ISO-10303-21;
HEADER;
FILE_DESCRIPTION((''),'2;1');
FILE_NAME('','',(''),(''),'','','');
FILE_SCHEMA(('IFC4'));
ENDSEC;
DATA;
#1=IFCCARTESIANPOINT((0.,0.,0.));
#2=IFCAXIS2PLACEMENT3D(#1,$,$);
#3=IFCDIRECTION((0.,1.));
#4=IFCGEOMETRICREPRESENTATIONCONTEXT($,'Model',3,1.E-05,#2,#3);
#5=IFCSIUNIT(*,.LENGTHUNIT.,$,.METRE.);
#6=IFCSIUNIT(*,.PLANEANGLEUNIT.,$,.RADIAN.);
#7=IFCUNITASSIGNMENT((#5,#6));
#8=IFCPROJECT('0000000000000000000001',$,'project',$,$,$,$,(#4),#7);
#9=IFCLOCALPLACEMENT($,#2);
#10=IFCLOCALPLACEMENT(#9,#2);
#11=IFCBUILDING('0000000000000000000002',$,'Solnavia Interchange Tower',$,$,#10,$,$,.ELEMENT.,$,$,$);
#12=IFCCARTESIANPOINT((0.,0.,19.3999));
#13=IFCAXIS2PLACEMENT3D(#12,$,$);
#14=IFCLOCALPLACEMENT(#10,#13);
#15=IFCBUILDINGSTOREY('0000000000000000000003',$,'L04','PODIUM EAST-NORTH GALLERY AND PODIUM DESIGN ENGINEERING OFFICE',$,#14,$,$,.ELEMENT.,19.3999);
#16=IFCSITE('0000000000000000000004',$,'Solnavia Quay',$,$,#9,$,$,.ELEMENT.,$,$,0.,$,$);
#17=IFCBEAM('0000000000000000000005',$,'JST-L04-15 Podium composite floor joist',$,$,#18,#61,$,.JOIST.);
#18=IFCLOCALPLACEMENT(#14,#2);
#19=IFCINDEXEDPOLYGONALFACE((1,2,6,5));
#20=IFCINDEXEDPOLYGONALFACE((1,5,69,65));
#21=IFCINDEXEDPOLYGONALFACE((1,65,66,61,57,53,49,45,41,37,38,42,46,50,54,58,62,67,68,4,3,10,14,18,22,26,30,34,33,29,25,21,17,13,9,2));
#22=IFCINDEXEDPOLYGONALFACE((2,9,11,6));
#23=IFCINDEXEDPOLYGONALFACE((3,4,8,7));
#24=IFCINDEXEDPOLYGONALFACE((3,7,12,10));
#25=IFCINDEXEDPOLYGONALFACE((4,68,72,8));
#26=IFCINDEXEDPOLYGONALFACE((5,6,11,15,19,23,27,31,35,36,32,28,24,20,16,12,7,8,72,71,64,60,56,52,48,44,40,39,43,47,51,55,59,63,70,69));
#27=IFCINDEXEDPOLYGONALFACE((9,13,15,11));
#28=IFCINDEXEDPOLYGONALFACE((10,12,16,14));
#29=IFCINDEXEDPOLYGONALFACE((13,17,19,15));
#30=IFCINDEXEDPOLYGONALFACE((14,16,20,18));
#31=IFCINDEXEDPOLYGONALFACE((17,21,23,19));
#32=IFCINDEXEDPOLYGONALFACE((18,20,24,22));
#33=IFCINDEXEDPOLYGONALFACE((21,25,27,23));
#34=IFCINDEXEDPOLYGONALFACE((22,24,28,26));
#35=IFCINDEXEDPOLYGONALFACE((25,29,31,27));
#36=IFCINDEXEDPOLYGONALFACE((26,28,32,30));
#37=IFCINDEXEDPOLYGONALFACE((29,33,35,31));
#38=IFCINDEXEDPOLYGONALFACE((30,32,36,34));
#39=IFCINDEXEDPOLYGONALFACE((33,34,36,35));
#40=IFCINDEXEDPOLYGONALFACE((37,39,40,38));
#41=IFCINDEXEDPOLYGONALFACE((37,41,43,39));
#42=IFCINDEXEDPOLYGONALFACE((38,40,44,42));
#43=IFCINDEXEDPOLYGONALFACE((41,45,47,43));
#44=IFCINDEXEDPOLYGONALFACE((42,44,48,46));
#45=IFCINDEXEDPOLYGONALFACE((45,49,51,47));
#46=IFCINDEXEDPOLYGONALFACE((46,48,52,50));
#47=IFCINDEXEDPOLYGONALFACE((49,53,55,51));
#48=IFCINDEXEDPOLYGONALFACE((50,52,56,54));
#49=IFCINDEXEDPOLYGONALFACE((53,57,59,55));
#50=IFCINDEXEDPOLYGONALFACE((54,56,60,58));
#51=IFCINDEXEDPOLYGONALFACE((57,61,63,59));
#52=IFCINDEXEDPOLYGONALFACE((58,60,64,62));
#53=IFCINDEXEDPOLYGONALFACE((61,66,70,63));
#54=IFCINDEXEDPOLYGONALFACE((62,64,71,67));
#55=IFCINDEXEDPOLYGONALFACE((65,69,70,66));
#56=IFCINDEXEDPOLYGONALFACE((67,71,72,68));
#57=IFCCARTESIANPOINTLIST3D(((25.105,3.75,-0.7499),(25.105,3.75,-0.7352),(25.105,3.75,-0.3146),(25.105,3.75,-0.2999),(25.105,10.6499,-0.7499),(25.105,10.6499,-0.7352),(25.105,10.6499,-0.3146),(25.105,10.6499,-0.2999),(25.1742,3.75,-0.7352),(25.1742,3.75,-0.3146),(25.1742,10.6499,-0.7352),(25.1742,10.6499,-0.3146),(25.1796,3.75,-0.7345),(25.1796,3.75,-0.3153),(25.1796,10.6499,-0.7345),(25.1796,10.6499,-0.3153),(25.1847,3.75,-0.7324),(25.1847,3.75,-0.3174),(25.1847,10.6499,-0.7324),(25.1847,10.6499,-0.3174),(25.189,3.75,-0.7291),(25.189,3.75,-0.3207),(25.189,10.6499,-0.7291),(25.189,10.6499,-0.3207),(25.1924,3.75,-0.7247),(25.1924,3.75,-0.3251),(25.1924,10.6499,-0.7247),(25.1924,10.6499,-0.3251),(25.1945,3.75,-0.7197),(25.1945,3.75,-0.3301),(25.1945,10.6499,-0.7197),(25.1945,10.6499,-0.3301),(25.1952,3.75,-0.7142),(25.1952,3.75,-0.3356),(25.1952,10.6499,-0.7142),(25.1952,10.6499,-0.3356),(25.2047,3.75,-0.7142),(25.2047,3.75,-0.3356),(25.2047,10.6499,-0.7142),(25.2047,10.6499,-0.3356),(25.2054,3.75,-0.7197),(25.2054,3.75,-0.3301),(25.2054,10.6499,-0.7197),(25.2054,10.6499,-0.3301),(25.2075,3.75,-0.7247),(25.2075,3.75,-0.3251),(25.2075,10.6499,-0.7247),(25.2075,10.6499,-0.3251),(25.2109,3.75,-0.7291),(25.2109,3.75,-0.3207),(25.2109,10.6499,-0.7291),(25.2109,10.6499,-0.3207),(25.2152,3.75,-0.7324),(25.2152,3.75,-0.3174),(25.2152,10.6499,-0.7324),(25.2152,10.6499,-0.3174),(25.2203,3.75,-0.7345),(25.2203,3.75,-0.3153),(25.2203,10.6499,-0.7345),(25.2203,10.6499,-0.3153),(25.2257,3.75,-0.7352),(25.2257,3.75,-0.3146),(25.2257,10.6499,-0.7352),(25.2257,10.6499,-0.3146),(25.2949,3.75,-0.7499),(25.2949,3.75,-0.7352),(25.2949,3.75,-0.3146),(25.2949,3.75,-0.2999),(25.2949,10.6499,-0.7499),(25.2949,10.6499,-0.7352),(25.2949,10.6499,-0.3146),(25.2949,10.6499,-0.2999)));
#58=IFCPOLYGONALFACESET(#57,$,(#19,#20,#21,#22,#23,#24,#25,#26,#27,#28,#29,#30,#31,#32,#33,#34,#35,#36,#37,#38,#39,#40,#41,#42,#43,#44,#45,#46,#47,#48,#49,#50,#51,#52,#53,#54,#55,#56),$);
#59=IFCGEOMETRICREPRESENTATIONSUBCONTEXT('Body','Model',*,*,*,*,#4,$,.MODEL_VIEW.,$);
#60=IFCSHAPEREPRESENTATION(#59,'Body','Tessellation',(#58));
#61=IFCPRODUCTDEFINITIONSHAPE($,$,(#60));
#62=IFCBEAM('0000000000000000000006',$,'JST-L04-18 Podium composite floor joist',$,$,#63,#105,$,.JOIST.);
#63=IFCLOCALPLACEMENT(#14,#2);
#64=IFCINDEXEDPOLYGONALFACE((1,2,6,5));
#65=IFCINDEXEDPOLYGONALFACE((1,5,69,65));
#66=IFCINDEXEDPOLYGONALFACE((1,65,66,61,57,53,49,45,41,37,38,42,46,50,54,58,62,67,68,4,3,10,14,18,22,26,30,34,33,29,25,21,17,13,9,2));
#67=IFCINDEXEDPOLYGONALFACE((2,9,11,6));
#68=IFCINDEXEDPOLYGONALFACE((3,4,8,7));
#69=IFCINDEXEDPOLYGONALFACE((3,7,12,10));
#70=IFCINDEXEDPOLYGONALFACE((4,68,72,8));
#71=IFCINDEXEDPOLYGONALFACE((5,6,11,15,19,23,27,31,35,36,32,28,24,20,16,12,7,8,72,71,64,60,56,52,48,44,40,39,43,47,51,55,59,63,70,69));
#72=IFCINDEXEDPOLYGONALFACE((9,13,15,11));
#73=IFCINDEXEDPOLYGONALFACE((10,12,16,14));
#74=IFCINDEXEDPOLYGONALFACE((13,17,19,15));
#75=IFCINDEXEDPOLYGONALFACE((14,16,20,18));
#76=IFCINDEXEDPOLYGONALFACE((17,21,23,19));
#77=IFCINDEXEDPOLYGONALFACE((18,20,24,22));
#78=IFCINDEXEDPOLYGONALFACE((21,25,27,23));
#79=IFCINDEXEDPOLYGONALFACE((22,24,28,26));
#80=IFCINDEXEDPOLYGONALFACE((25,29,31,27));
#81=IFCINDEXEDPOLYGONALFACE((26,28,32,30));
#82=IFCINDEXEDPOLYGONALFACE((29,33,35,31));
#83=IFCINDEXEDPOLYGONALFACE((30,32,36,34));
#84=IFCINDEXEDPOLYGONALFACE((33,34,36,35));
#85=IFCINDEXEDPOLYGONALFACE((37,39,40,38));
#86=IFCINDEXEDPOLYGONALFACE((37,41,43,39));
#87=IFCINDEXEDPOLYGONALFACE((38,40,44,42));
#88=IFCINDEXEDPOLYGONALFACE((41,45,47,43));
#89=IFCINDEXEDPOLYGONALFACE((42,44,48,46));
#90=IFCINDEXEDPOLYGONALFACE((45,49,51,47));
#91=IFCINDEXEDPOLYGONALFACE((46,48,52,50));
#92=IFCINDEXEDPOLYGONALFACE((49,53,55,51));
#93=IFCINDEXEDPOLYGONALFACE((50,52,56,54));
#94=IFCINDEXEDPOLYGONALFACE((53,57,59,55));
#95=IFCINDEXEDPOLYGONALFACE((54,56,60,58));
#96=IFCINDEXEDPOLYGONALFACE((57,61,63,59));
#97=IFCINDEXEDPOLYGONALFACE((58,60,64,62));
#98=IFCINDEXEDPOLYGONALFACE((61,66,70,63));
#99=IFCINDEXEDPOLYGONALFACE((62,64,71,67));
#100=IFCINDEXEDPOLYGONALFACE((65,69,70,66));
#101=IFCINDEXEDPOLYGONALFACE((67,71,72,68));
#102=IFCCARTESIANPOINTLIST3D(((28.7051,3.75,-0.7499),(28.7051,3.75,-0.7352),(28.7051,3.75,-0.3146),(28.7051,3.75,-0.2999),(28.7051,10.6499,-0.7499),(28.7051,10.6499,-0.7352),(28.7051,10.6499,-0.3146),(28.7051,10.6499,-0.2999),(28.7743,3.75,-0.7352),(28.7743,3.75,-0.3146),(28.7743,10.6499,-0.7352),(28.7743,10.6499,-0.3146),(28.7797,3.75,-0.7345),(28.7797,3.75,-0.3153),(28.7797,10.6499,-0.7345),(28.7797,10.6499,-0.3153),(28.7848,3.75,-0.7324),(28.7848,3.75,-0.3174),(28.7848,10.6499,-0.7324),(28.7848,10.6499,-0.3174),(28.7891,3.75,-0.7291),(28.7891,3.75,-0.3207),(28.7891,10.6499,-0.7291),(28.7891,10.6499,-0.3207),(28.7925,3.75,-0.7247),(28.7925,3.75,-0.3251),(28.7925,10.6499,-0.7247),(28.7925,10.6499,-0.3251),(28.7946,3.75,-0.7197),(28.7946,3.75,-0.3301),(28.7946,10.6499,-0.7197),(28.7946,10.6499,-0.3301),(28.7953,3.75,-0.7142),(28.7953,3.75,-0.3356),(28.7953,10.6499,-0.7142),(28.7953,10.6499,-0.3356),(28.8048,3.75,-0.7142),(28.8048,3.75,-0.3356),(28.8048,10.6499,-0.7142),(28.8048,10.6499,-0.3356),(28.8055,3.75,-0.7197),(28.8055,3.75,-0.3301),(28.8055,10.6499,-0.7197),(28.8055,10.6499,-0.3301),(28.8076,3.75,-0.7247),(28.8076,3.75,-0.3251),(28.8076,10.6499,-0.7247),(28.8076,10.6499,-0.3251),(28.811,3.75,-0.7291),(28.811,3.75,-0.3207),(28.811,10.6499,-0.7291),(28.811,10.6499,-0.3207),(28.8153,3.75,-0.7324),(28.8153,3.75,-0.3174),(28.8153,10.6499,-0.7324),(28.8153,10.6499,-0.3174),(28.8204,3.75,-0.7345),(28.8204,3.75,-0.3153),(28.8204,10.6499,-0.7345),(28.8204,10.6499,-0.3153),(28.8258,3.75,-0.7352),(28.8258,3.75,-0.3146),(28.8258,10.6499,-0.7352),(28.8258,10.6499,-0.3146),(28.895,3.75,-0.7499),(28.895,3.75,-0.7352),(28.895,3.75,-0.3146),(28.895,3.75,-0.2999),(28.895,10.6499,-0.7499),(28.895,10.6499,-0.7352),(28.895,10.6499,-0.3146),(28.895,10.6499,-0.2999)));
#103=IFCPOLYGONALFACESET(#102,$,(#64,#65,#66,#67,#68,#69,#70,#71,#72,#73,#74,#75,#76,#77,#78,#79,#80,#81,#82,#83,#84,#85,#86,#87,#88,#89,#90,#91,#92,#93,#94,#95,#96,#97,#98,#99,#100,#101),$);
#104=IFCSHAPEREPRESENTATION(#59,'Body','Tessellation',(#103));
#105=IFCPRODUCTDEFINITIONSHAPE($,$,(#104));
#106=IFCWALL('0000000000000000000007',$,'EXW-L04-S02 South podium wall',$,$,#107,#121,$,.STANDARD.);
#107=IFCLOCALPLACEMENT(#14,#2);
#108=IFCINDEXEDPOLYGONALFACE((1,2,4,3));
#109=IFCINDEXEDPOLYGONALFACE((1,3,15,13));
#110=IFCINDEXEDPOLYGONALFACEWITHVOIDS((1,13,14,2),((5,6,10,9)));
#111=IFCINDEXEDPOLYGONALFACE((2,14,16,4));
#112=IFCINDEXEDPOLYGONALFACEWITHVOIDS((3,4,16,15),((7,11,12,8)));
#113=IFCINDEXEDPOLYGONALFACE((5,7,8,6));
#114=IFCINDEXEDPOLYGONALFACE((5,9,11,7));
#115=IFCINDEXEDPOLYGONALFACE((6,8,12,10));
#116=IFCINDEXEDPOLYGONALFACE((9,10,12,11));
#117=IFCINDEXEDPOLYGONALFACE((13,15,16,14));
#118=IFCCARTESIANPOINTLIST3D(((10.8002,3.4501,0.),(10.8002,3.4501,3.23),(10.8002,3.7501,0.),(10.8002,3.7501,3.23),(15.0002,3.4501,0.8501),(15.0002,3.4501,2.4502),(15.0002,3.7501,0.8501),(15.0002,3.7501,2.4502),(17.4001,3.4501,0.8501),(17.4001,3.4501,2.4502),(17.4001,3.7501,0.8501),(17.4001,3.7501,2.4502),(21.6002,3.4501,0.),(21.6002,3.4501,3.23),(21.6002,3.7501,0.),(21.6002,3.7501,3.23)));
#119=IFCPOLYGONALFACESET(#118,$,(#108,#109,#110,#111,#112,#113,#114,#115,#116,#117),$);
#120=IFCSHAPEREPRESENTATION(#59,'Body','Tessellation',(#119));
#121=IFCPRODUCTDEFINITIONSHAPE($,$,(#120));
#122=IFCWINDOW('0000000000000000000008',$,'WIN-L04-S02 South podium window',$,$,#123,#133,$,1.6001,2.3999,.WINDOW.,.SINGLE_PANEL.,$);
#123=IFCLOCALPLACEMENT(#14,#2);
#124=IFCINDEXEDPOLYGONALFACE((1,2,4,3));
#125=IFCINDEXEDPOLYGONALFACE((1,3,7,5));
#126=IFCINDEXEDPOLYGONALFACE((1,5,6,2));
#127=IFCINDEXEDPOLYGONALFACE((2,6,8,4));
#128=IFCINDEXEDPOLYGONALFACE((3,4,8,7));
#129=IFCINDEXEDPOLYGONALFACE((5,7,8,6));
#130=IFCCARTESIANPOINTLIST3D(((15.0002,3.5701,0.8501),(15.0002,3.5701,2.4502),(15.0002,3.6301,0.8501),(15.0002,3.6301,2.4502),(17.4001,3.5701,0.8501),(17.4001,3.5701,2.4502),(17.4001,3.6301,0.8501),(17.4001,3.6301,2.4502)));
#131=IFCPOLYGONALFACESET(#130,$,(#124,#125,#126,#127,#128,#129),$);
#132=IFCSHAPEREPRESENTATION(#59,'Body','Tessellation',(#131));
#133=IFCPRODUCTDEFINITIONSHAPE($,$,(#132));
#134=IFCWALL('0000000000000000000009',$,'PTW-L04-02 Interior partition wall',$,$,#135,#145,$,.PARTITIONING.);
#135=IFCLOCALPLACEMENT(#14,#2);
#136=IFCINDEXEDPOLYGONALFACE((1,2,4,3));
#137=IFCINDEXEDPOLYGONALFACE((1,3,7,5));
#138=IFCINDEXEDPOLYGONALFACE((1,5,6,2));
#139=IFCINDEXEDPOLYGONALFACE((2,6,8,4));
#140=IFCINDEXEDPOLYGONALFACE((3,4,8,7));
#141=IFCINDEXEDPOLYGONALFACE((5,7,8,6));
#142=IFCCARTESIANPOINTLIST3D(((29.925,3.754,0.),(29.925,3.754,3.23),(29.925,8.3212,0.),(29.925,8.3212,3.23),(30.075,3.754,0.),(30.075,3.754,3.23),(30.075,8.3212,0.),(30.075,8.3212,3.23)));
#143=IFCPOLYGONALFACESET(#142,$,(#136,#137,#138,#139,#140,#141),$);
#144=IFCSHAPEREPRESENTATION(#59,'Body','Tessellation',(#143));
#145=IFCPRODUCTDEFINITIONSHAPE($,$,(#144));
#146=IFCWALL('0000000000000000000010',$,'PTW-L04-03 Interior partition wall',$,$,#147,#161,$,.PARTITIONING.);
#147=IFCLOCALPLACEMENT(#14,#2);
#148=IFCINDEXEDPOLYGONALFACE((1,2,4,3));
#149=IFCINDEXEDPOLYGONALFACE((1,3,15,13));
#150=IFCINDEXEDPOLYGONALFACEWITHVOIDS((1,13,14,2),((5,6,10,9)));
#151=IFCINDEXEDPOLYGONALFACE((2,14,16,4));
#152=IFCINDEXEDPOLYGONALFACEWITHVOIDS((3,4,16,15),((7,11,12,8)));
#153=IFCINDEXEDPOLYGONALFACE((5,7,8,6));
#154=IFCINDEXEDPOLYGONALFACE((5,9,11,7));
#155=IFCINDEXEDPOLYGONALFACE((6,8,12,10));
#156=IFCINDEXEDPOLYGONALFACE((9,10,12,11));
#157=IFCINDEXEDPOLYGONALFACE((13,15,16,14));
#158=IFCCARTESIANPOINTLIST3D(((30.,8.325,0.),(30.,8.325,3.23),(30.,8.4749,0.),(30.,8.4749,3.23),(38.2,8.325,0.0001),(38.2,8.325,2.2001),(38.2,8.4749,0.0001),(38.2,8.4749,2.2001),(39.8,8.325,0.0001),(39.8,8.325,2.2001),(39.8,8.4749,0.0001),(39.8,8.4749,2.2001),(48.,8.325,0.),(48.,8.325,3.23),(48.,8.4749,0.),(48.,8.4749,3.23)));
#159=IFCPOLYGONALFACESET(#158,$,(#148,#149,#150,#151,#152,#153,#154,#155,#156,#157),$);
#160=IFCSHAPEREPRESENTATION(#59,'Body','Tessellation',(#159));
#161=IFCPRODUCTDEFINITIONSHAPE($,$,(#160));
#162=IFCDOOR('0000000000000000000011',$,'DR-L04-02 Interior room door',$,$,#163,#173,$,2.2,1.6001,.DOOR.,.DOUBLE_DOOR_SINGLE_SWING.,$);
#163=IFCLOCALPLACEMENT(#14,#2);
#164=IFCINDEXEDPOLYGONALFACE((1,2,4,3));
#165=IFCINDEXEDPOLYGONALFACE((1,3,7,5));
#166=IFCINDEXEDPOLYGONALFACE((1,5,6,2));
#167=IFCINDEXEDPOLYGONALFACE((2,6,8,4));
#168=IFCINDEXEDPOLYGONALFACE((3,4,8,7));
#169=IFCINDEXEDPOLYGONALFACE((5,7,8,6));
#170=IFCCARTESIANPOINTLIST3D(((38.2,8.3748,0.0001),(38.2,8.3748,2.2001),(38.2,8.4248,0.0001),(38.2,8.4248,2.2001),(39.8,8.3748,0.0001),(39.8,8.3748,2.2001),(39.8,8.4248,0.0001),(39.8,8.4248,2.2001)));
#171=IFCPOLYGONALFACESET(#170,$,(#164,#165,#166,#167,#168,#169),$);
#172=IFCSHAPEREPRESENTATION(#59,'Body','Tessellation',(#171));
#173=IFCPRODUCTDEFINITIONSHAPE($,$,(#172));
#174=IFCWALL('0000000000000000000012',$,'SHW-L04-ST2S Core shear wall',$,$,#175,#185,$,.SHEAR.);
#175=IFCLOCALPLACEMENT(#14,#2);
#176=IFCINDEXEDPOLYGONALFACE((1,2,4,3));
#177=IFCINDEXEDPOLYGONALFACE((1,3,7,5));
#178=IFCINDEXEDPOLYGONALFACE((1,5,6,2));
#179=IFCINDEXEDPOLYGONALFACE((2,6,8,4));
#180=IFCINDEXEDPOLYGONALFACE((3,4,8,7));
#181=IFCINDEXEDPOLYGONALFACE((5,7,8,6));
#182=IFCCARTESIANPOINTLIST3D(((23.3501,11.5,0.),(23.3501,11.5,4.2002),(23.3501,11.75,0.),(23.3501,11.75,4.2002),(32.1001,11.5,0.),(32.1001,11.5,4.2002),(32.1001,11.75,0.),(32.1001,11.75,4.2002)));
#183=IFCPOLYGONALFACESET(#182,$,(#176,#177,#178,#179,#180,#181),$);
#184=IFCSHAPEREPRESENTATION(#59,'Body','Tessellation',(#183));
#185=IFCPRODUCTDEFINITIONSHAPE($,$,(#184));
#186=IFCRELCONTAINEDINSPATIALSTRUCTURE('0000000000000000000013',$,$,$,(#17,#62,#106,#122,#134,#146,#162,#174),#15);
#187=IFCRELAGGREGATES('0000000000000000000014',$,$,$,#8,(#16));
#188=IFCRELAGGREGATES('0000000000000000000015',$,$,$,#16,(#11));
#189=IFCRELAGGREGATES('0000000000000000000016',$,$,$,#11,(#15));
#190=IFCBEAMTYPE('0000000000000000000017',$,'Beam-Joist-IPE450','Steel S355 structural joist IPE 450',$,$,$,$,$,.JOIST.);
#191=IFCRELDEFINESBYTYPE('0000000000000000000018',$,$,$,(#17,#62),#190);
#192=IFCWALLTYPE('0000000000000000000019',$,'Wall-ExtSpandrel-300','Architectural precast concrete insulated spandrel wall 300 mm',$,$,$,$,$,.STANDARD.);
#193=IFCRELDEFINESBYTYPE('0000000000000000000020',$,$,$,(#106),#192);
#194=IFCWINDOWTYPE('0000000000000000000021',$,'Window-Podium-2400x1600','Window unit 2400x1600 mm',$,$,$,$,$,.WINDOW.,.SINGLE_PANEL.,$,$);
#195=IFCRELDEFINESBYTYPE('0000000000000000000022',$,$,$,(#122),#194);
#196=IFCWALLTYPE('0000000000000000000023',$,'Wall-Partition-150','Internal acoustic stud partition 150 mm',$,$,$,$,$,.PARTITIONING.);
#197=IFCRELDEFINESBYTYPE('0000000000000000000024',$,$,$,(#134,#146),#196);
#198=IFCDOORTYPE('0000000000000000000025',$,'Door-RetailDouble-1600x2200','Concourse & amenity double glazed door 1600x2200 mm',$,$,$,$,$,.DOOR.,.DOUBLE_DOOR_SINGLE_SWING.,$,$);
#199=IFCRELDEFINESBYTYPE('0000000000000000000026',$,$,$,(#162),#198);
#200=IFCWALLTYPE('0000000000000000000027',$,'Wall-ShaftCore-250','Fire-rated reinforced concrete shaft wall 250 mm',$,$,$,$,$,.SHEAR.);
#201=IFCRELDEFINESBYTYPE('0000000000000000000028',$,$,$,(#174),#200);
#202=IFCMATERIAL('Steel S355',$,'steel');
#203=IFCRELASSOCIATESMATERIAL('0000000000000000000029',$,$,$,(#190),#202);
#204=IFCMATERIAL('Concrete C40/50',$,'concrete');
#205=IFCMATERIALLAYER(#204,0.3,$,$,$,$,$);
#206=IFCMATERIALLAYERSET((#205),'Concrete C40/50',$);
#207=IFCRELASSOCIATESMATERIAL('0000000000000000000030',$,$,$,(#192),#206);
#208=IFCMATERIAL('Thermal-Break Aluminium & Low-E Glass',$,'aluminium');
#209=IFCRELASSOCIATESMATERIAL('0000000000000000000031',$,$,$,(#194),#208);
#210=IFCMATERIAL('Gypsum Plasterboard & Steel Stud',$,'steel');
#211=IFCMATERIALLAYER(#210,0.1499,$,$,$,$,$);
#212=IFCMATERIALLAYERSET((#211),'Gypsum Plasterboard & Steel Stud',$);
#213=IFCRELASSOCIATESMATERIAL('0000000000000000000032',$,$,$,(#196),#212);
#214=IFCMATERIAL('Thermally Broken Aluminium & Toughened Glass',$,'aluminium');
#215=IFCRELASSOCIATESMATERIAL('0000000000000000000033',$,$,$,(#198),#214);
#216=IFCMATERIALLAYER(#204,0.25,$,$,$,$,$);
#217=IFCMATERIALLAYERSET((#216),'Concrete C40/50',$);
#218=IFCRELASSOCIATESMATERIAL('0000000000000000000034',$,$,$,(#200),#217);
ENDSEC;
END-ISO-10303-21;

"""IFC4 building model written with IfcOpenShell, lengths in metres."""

from ifc_helpers import new_model, si_unit, direction, frame, frame_2d, origin, origin_2d, place, context, subcontext, project, spatial, rectangle, i_section, extrude, material, layer, layer_set, material_profile, profile_set, type_object, element, fill, save


model = new_model("IFC4")

# Units and contexts
model_context = context("Model", 3, precision=1e-05, world=origin(), true_north=direction((0.0, 1.0)))
body_context = subcontext(model_context, "Body", "Model", "MODEL_VIEW")
ifc_project = project(units=[si_unit("LENGTHUNIT", "METRE"), si_unit("PLANEANGLEUNIT", "RADIAN")], contexts=[model_context])

# Site, building, storey
site_placement = place(None, origin())
site = spatial("IfcSite", under=ifc_project, at=site_placement, Name="Solnavia Quay", CompositionType="ELEMENT", RefElevation=0.0)
building_placement = place(site_placement, origin())
building = spatial("IfcBuilding", under=site, at=building_placement, Name="Solnavia Interchange Tower", CompositionType="ELEMENT")
storey_placement = place(building_placement, frame((0.0, 0.0, 19.3999)))
storey = spatial("IfcBuildingStorey", under=building, at=storey_placement, Name="L04", Description="PODIUM EAST-NORTH GALLERY AND PODIUM DESIGN ENGINEERING OFFICE", CompositionType="ELEMENT", Elevation=19.3999)

# Beams
ifc_material_1 = material(Name="Steel S355", Category="steel")
ifc_material_profile_1 = material_profile(ifc_material_1, i_section(OverallWidth=0.1899, OverallDepth=0.45, WebThickness=0.0095, FlangeThickness=0.0146, FilletRadius=0.021, at=origin_2d()), Name="IPE 450")
ifc_profile_set_1 = profile_set([ifc_material_profile_1], Name="Steel S355")
beam_type_1 = type_object("IfcBeamType", Name="Beam-Joist-IPE450", Description="Steel S355 structural joist IPE 450", PredefinedType="JOIST", material=ifc_profile_set_1)
for number, where, z_axis, x_axis, name in (
    (1, (25.2, 3.75, -0.5249), (0.0, 1.0, 0.0), (-1.0, 0.0, 0.0), "JST-L04-15 Podium composite floor joist"),
    (2, (28.8, 3.75, -0.5249), (0.0, 1.0, 0.0), (-1.0, 0.0, 0.0), "JST-L04-18 Podium composite floor joist"),
):
    element("IfcBeam", number, at=place(storey_placement, frame(where, z_axis=z_axis, x_axis=x_axis)), inside=storey, type_object=beam_type_1, Name=name, PredefinedType="JOIST", context=body_context, shape_type="SweptSolid", body=[
        extrude(i_section(OverallWidth=0.1899, OverallDepth=0.45, WebThickness=0.0095, FlangeThickness=0.0146, FilletRadius=0.021, at=origin_2d()), origin(), (0.0, 0.0, 1.0), 6.8999),
    ])

# Wall, opening, window
ifc_material_2 = material(Name="Concrete C40/50", Category="concrete")
ifc_layer_1 = layer(ifc_material_2, 0.3)
ifc_layer_set_1 = layer_set([ifc_layer_1], Name="Concrete C40/50")
wall_type_1 = type_object("IfcWallType", Name="Wall-ExtSpandrel-300", Description="Architectural precast concrete insulated spandrel wall 300 mm", PredefinedType="STANDARD", material=ifc_layer_set_1)
wall_1_placement = place(storey_placement, frame((21.6001, 3.6001, 0.0), z_axis=(0.0, 0.0, 1.0), x_axis=(-1.0, 0.0, 0.0)))
wall_1 = element("IfcWall", 3, at=wall_1_placement, inside=storey, type_object=wall_type_1, Name="EXW-L04-S02 South podium wall", PredefinedType="STANDARD", context=body_context, shape_type="SweptSolid", body=[
    extrude(rectangle(XDim=10.8, YDim=0.3, at=frame_2d((5.3999, 0.0))), origin(), (0.0, 0.0, 1.0), 3.23),
])
opening_1_placement = place(wall_1_placement, frame((4.2, 0.0, 0.8501)))
opening_1 = element("IfcOpeningElement", 4, at=opening_1_placement, cuts=wall_1, PredefinedType="OPENING", context=body_context, shape_type="SweptSolid", body=[
    extrude(rectangle(XDim=2.3999, YDim=1.6001, at=frame_2d((1.2, 0.8))), frame((0.0, 0.1602, 0.0), z_axis=(0.0, -1.0, 0.0), x_axis=(1.0, 0.0, 0.0)), (0.0, 0.0, 1.0), 0.3201),
])
ifc_material_3 = material(Name="Thermal-Break Aluminium & Low-E Glass", Category="aluminium")
window_type = type_object("IfcWindowType", Name="Window-Podium-2400x1600", Description="Window unit 2400x1600 mm", PartitioningType="SINGLE_PANEL", PredefinedType="WINDOW", material=ifc_material_3)
window_placement = place(opening_1_placement, origin())
window = element("IfcWindow", 5, at=window_placement, inside=storey, type_object=window_type, Name="WIN-L04-S02 South podium window", OverallHeight=1.6001, OverallWidth=2.3999, PartitioningType="SINGLE_PANEL", PredefinedType="WINDOW", context=body_context, shape_type="SweptSolid", body=[
    extrude(rectangle(XDim=2.3999, YDim=1.6001, at=frame_2d((1.2, 0.8))), frame((0.0, 0.03, 0.0), z_axis=(0.0, -1.0, 0.0), x_axis=(1.0, 0.0, 0.0)), (0.0, 0.0, 1.0), 0.0601),
])
fill(opening_1, window)

# Wall
ifc_material_4 = material(Name="Gypsum Plasterboard & Steel Stud", Category="steel")
ifc_layer_2 = layer(ifc_material_4, 0.1499)
ifc_layer_set_2 = layer_set([ifc_layer_2], Name="Gypsum Plasterboard & Steel Stud")
wall_type_2 = type_object("IfcWallType", Name="Wall-Partition-150", Description="Internal acoustic stud partition 150 mm", PredefinedType="PARTITIONING", material=ifc_layer_set_2)
wall_2_placement = place(storey_placement, frame((30.0, 3.7539, 0.0), z_axis=(0.0, 0.0, 1.0), x_axis=(0.0, 1.0, 0.0)))
element("IfcWall", 6, at=wall_2_placement, inside=storey, type_object=wall_type_2, Name="PTW-L04-02 Interior partition wall", PredefinedType="PARTITIONING", context=body_context, shape_type="SweptSolid", body=[
    extrude(rectangle(XDim=4.5671, YDim=0.1499, at=frame_2d((2.2837, 0.0))), origin(), (0.0, 0.0, 1.0), 3.23),
])

# Wall, opening, door
wall_3_placement = place(storey_placement, frame((30.0, 8.3999, 0.0), z_axis=(0.0, 0.0, 1.0), x_axis=(1.0, 0.0, 0.0)))
wall_3 = element("IfcWall", 7, at=wall_3_placement, inside=storey, type_object=wall_type_2, Name="PTW-L04-03 Interior partition wall", PredefinedType="PARTITIONING", context=body_context, shape_type="SweptSolid", body=[
    extrude(rectangle(XDim=18.0, YDim=0.1499, at=frame_2d((9.0, 0.0))), origin(), (0.0, 0.0, 1.0), 3.23),
])
opening_2_placement = place(wall_3_placement, frame((8.2, 0.0, 0.0)))
opening_2 = element("IfcOpeningElement", 8, at=opening_2_placement, cuts=wall_3, PredefinedType="OPENING", context=body_context, shape_type="SweptSolid", body=[
    extrude(rectangle(XDim=1.6001, YDim=2.2, at=frame_2d((0.8, 1.1001))), frame((0.0, 0.085, 0.0), z_axis=(0.0, -1.0, 0.0), x_axis=(1.0, 0.0, 0.0)), (0.0, 0.0, 1.0), 0.1699),
])
ifc_material_5 = material(Name="Thermally Broken Aluminium & Toughened Glass", Category="aluminium")
door_type = type_object("IfcDoorType", Name="Door-RetailDouble-1600x2200", Description="Concourse & amenity double glazed door 1600x2200 mm", OperationType="DOUBLE_DOOR_SINGLE_SWING", PredefinedType="DOOR", material=ifc_material_5)
door_placement = place(opening_2_placement, origin())
door = element("IfcDoor", 9, at=door_placement, inside=storey, type_object=door_type, Name="DR-L04-02 Interior room door", OperationType="DOUBLE_DOOR_SINGLE_SWING", OverallHeight=2.2, OverallWidth=1.6001, PredefinedType="DOOR", context=body_context, shape_type="SweptSolid", body=[
    extrude(rectangle(XDim=1.6001, YDim=2.2, at=frame_2d((0.8, 1.1001))), frame((0.0, 0.0249, 0.0), z_axis=(0.0, -1.0, 0.0), x_axis=(1.0, 0.0, 0.0)), (0.0, 0.0, 1.0), 0.05),
])
fill(opening_2, door)

# Wall
ifc_layer_3 = layer(ifc_material_2, 0.25)
ifc_layer_set_3 = layer_set([ifc_layer_3], Name="Concrete C40/50")
wall_type_3 = type_object("IfcWallType", Name="Wall-ShaftCore-250", Description="Fire-rated reinforced concrete shaft wall 250 mm", PredefinedType="SHEAR", material=ifc_layer_set_3)
wall_4_placement = place(storey_placement, frame((23.3501, 11.625, 0.0), z_axis=(0.0, 0.0, 1.0), x_axis=(1.0, 0.0, 0.0)))
element("IfcWall", 10, at=wall_4_placement, inside=storey, type_object=wall_type_3, Name="SHW-L04-ST2S Core shear wall", PredefinedType="SHEAR", context=body_context, shape_type="SweptSolid", body=[
    extrude(rectangle(XDim=8.75, YDim=0.25, at=frame_2d((4.375, 0.0))), origin(), (0.0, 0.0, 1.0), 4.2002),
])

save(model, "model.ifc")
